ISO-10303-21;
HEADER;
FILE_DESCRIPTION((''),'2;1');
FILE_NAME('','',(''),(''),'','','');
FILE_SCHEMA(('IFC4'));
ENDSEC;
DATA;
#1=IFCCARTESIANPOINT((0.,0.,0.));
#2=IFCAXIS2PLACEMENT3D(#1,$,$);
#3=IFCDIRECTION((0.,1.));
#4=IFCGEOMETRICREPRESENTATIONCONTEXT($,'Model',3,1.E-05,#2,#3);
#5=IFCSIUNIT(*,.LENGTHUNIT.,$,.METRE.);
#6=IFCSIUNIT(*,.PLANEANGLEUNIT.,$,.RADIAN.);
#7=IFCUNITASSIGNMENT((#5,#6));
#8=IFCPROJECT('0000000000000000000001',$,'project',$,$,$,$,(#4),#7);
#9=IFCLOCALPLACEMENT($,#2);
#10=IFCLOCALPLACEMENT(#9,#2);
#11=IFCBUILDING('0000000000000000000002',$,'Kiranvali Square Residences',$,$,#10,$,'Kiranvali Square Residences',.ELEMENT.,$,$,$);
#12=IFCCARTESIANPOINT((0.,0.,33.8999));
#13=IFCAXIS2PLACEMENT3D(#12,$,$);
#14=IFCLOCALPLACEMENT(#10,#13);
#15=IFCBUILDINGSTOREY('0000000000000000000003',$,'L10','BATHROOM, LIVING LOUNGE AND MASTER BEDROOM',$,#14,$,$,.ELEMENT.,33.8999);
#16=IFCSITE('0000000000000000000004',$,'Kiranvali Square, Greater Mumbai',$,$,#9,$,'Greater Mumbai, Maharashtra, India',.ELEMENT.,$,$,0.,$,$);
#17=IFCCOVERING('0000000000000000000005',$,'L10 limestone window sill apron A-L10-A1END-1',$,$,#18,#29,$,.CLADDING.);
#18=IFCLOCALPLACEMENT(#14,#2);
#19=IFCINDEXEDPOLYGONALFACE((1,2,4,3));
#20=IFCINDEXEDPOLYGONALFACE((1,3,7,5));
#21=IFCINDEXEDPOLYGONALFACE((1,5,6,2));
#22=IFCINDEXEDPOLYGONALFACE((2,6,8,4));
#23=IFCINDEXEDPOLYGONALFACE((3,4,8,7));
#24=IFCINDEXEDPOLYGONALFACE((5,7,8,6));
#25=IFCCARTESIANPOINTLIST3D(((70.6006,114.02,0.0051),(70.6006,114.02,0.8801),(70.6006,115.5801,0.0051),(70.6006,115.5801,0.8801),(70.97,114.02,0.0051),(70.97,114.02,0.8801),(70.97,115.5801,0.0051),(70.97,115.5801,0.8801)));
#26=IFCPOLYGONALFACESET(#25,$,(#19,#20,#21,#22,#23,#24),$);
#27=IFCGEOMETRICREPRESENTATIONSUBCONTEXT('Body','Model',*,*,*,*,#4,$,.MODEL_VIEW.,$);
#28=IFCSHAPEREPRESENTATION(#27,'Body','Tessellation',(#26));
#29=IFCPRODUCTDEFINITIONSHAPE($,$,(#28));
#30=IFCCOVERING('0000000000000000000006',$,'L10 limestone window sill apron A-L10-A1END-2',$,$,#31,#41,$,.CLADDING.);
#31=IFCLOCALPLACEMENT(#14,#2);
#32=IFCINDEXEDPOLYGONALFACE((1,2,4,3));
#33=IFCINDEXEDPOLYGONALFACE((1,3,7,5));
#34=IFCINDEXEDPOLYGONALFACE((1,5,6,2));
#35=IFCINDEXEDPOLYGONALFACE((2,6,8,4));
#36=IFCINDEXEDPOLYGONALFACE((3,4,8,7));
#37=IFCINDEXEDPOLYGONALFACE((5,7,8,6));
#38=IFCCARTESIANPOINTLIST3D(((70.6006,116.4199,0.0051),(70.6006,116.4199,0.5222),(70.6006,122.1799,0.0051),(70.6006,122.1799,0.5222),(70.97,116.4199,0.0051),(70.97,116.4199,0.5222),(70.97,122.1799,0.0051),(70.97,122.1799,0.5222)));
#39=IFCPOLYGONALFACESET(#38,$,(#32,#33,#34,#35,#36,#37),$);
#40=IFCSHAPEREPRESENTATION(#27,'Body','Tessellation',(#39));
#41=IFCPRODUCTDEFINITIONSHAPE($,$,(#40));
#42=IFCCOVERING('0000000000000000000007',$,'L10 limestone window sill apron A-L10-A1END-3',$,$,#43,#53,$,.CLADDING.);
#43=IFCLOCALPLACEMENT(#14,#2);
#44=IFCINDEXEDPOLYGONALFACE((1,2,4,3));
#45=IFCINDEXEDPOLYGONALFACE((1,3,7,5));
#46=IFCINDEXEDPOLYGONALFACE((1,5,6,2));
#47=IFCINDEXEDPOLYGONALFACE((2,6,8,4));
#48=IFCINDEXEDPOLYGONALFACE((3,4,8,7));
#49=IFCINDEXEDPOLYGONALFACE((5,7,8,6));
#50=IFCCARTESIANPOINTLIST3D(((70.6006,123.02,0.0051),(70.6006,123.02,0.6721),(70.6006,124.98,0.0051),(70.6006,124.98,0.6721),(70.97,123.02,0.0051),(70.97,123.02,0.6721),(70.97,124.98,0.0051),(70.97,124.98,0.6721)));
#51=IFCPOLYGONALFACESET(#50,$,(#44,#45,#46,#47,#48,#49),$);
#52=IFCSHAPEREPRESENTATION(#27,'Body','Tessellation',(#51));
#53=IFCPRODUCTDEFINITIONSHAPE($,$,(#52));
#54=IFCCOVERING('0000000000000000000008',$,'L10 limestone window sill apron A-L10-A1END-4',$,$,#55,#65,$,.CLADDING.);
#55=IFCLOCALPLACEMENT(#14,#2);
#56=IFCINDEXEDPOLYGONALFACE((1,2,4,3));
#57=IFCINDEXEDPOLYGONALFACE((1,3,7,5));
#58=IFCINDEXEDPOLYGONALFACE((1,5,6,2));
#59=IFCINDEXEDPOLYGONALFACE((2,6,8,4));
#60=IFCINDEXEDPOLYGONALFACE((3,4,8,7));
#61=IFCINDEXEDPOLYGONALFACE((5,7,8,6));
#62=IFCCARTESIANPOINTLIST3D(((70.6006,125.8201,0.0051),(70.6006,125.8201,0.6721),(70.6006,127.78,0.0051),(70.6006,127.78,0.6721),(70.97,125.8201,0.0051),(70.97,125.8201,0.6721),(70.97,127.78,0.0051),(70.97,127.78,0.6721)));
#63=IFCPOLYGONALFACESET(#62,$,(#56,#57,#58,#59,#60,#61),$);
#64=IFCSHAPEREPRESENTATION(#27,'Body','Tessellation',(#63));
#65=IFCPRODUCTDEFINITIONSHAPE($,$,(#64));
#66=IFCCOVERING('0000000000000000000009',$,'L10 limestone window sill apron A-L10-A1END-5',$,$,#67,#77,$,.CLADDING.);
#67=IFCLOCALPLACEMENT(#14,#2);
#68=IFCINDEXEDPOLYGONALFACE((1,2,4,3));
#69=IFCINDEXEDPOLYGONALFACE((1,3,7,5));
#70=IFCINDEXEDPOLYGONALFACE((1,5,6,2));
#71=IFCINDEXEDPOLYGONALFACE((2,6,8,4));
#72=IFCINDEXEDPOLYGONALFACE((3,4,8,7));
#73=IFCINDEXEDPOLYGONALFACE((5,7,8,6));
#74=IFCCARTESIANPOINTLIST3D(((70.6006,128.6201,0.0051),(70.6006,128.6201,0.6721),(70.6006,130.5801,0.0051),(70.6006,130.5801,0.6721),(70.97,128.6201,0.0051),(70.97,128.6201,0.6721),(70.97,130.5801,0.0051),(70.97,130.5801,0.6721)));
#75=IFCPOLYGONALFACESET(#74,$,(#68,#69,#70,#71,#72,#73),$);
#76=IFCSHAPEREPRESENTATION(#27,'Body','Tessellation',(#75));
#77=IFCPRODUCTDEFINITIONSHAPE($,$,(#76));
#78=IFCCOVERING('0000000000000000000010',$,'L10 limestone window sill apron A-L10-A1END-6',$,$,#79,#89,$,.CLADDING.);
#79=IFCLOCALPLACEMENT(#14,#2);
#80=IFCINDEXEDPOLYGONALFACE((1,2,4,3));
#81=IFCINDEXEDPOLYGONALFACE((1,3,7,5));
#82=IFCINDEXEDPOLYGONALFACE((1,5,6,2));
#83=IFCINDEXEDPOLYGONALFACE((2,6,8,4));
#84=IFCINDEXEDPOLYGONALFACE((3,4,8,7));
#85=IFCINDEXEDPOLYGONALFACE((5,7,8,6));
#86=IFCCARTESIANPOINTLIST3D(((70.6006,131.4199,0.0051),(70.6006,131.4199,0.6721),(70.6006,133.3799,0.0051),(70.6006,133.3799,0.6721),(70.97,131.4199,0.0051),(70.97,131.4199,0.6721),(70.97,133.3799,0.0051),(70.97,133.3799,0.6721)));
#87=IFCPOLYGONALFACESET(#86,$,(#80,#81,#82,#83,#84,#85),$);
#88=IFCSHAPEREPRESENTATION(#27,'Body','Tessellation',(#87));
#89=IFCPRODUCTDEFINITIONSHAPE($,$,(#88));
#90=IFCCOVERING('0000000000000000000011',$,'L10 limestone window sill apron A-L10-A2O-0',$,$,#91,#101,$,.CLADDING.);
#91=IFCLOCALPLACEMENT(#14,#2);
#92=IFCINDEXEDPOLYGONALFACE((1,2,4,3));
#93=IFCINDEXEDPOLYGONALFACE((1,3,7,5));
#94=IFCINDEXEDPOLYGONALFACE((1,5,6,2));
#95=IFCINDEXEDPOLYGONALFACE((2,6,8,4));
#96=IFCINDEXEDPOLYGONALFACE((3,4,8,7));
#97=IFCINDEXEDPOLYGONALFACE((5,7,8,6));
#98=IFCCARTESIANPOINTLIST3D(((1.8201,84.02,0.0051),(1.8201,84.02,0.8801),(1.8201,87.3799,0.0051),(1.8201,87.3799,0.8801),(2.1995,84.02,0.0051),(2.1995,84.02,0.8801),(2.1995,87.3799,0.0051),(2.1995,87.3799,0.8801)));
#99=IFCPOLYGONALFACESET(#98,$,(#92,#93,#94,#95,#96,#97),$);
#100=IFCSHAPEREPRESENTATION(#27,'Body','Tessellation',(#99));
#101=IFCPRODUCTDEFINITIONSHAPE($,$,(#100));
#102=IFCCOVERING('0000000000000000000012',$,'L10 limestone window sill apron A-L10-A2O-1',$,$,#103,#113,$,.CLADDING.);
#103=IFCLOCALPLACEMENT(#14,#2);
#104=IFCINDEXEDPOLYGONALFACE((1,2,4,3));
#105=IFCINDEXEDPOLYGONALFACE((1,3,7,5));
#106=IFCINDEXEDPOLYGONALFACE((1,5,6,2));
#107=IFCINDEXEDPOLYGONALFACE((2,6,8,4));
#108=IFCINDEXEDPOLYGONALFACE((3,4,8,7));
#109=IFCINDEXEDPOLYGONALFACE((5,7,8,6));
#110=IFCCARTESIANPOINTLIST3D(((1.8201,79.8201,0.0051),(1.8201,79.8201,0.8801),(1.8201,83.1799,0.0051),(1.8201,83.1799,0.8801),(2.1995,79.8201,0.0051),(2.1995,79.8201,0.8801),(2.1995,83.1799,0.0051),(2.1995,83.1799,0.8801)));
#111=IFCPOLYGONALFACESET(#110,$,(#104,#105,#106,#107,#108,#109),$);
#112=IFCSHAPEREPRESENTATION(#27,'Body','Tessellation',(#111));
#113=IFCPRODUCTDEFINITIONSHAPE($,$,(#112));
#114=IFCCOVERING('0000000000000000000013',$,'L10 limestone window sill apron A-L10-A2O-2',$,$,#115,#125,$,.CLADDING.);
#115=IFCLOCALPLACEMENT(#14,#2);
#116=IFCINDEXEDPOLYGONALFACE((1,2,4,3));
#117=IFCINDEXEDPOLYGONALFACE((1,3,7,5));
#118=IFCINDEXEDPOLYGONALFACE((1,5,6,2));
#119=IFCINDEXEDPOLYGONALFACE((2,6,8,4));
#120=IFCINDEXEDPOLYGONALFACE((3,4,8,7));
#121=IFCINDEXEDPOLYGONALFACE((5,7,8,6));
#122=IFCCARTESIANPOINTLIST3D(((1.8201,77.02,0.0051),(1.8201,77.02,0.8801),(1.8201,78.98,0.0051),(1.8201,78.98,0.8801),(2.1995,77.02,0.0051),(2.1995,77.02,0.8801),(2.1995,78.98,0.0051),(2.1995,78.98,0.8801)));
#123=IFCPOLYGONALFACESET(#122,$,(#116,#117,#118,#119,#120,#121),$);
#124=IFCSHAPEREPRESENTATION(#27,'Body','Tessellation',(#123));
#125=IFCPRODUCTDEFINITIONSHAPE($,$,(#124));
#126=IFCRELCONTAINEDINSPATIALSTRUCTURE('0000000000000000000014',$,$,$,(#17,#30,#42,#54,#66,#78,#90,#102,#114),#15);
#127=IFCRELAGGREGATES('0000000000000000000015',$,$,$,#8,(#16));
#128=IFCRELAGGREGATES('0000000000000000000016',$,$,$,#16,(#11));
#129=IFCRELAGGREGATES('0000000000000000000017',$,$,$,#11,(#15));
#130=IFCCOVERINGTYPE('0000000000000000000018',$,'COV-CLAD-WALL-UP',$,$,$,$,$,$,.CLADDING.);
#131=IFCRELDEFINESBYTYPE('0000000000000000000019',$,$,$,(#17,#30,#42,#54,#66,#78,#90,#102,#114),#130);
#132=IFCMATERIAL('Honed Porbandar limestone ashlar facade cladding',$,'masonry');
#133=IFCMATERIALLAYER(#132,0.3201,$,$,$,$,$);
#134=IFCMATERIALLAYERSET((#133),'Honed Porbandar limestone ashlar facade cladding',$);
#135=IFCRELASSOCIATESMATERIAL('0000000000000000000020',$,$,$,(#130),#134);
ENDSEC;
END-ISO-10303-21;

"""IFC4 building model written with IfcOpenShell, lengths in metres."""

from ifc_helpers import new_model, si_unit, direction, frame, origin, place, context, subcontext, project, spatial, polyline, outline, extrude, material, layer, layer_set, type_object, element, save


model = new_model("IFC4")

# Units and contexts
model_context = context("Model", 3, precision=1e-05, world=origin(), true_north=direction((0.0, 1.0)))
body_context = subcontext(model_context, "Body", "Model", "MODEL_VIEW")
ifc_project = project(units=[si_unit("LENGTHUNIT", "METRE"), si_unit("PLANEANGLEUNIT", "RADIAN")], contexts=[model_context])

# Site, building, storey
site_placement = place(None, origin())
site = spatial("IfcSite", under=ifc_project, at=site_placement, Name="Kiranvali Square, Greater Mumbai", LongName="Greater Mumbai, Maharashtra, India", CompositionType="ELEMENT", RefElevation=0.0)
building_placement = place(site_placement, origin())
building = spatial("IfcBuilding", under=site, at=building_placement, Name="Kiranvali Square Residences", LongName="Kiranvali Square Residences", CompositionType="ELEMENT")
storey_placement = place(building_placement, frame((0.0, 0.0, 33.8999)))
storey = spatial("IfcBuildingStorey", under=building, at=storey_placement, Name="L10", Description="BATHROOM, LIVING LOUNGE AND MASTER BEDROOM", CompositionType="ELEMENT", Elevation=33.8999)

# Coverings
ifc_material = material(Name="Honed Porbandar limestone ashlar facade cladding", Category="masonry")
ifc_layer_1 = layer(ifc_material, 0.3201)
ifc_layer_set_1 = layer_set([ifc_layer_1], Name="Honed Porbandar limestone ashlar facade cladding")
covering_type_1 = type_object("IfcCoveringType", Name="COV-CLAD-WALL-UP", PredefinedType="CLADDING", material=ifc_layer_set_1)
covering_1_placement = place(storey_placement, frame((0.0, 0.0, 0.0051)))
element("IfcCovering", 1, at=covering_1_placement, inside=storey, type_object=covering_type_1, Name="L10 limestone window sill apron A-L10-A1END-1", PredefinedType="CLADDING", context=body_context, shape_type="SweptSolid", body=[
    extrude(outline(polyline([(70.97, 114.02), (70.97, 115.5801), (70.6006, 115.5801), (70.6006, 114.02), (70.97, 114.02)])), origin(), (0.0, 0.0, 1.0), 0.875),
])
covering_2_placement = place(storey_placement, frame((0.0, 0.0, 0.0051)))
element("IfcCovering", 2, at=covering_2_placement, inside=storey, type_object=covering_type_1, Name="L10 limestone window sill apron A-L10-A1END-2", PredefinedType="CLADDING", context=body_context, shape_type="SweptSolid", body=[
    extrude(outline(polyline([(70.97, 116.4199), (70.97, 122.1799), (70.6006, 122.1799), (70.6006, 116.4199), (70.97, 116.4199)])), origin(), (0.0, 0.0, 1.0), 0.5171),
])
covering_3_placement = place(storey_placement, frame((0.0, 0.0, 0.0051)))
element("IfcCovering", 3, at=covering_3_placement, inside=storey, type_object=covering_type_1, Name="L10 limestone window sill apron A-L10-A1END-3", PredefinedType="CLADDING", context=body_context, shape_type="SweptSolid", body=[
    extrude(outline(polyline([(70.97, 123.02), (70.97, 124.98), (70.6006, 124.98), (70.6006, 123.02), (70.97, 123.02)])), origin(), (0.0, 0.0, 1.0), 0.667),
])
covering_4_placement = place(storey_placement, frame((0.0, 0.0, 0.0051)))
element("IfcCovering", 4, at=covering_4_placement, inside=storey, type_object=covering_type_1, Name="L10 limestone window sill apron A-L10-A1END-4", PredefinedType="CLADDING", context=body_context, shape_type="SweptSolid", body=[
    extrude(outline(polyline([(70.97, 125.8201), (70.97, 127.78), (70.6006, 127.78), (70.6006, 125.8201), (70.97, 125.8201)])), origin(), (0.0, 0.0, 1.0), 0.667),
])
covering_5_placement = place(storey_placement, frame((0.0, 0.0, 0.0051)))
element("IfcCovering", 5, at=covering_5_placement, inside=storey, type_object=covering_type_1, Name="L10 limestone window sill apron A-L10-A1END-5", PredefinedType="CLADDING", context=body_context, shape_type="SweptSolid", body=[
    extrude(outline(polyline([(70.97, 128.6201), (70.97, 130.5801), (70.6006, 130.5801), (70.6006, 128.6201), (70.97, 128.6201)])), origin(), (0.0, 0.0, 1.0), 0.667),
])
covering_6_placement = place(storey_placement, frame((0.0, 0.0, 0.0051)))
element("IfcCovering", 6, at=covering_6_placement, inside=storey, type_object=covering_type_1, Name="L10 limestone window sill apron A-L10-A1END-6", PredefinedType="CLADDING", context=body_context, shape_type="SweptSolid", body=[
    extrude(outline(polyline([(70.97, 131.4199), (70.97, 133.3799), (70.6006, 133.3799), (70.6006, 131.4199), (70.97, 131.4199)])), origin(), (0.0, 0.0, 1.0), 0.667),
])
covering_7_placement = place(storey_placement, frame((0.0, 0.0, 0.0051)))
element("IfcCovering", 7, at=covering_7_placement, inside=storey, type_object=covering_type_1, Name="L10 limestone window sill apron A-L10-A2O-0", PredefinedType="CLADDING", context=body_context, shape_type="SweptSolid", body=[
    extrude(outline(polyline([(1.8201, 87.3799), (1.8201, 84.02), (2.1995, 84.02), (2.1995, 87.3799), (1.8201, 87.3799)])), origin(), (0.0, 0.0, 1.0), 0.875),
])
covering_8_placement = place(storey_placement, frame((0.0, 0.0, 0.0051)))
element("IfcCovering", 8, at=covering_8_placement, inside=storey, type_object=covering_type_1, Name="L10 limestone window sill apron A-L10-A2O-1", PredefinedType="CLADDING", context=body_context, shape_type="SweptSolid", body=[
    extrude(outline(polyline([(1.8201, 83.1799), (1.8201, 79.8201), (2.1995, 79.8201), (2.1995, 83.1799), (1.8201, 83.1799)])), origin(), (0.0, 0.0, 1.0), 0.875),
])
covering_9_placement = place(storey_placement, frame((0.0, 0.0, 0.0051)))
element("IfcCovering", 9, at=covering_9_placement, inside=storey, type_object=covering_type_1, Name="L10 limestone window sill apron A-L10-A2O-2", PredefinedType="CLADDING", context=body_context, shape_type="SweptSolid", body=[
    extrude(outline(polyline([(1.8201, 78.98), (1.8201, 77.02), (2.1995, 77.02), (2.1995, 78.98), (1.8201, 78.98)])), origin(), (0.0, 0.0, 1.0), 0.875),
])

save(model, "model.ifc")
